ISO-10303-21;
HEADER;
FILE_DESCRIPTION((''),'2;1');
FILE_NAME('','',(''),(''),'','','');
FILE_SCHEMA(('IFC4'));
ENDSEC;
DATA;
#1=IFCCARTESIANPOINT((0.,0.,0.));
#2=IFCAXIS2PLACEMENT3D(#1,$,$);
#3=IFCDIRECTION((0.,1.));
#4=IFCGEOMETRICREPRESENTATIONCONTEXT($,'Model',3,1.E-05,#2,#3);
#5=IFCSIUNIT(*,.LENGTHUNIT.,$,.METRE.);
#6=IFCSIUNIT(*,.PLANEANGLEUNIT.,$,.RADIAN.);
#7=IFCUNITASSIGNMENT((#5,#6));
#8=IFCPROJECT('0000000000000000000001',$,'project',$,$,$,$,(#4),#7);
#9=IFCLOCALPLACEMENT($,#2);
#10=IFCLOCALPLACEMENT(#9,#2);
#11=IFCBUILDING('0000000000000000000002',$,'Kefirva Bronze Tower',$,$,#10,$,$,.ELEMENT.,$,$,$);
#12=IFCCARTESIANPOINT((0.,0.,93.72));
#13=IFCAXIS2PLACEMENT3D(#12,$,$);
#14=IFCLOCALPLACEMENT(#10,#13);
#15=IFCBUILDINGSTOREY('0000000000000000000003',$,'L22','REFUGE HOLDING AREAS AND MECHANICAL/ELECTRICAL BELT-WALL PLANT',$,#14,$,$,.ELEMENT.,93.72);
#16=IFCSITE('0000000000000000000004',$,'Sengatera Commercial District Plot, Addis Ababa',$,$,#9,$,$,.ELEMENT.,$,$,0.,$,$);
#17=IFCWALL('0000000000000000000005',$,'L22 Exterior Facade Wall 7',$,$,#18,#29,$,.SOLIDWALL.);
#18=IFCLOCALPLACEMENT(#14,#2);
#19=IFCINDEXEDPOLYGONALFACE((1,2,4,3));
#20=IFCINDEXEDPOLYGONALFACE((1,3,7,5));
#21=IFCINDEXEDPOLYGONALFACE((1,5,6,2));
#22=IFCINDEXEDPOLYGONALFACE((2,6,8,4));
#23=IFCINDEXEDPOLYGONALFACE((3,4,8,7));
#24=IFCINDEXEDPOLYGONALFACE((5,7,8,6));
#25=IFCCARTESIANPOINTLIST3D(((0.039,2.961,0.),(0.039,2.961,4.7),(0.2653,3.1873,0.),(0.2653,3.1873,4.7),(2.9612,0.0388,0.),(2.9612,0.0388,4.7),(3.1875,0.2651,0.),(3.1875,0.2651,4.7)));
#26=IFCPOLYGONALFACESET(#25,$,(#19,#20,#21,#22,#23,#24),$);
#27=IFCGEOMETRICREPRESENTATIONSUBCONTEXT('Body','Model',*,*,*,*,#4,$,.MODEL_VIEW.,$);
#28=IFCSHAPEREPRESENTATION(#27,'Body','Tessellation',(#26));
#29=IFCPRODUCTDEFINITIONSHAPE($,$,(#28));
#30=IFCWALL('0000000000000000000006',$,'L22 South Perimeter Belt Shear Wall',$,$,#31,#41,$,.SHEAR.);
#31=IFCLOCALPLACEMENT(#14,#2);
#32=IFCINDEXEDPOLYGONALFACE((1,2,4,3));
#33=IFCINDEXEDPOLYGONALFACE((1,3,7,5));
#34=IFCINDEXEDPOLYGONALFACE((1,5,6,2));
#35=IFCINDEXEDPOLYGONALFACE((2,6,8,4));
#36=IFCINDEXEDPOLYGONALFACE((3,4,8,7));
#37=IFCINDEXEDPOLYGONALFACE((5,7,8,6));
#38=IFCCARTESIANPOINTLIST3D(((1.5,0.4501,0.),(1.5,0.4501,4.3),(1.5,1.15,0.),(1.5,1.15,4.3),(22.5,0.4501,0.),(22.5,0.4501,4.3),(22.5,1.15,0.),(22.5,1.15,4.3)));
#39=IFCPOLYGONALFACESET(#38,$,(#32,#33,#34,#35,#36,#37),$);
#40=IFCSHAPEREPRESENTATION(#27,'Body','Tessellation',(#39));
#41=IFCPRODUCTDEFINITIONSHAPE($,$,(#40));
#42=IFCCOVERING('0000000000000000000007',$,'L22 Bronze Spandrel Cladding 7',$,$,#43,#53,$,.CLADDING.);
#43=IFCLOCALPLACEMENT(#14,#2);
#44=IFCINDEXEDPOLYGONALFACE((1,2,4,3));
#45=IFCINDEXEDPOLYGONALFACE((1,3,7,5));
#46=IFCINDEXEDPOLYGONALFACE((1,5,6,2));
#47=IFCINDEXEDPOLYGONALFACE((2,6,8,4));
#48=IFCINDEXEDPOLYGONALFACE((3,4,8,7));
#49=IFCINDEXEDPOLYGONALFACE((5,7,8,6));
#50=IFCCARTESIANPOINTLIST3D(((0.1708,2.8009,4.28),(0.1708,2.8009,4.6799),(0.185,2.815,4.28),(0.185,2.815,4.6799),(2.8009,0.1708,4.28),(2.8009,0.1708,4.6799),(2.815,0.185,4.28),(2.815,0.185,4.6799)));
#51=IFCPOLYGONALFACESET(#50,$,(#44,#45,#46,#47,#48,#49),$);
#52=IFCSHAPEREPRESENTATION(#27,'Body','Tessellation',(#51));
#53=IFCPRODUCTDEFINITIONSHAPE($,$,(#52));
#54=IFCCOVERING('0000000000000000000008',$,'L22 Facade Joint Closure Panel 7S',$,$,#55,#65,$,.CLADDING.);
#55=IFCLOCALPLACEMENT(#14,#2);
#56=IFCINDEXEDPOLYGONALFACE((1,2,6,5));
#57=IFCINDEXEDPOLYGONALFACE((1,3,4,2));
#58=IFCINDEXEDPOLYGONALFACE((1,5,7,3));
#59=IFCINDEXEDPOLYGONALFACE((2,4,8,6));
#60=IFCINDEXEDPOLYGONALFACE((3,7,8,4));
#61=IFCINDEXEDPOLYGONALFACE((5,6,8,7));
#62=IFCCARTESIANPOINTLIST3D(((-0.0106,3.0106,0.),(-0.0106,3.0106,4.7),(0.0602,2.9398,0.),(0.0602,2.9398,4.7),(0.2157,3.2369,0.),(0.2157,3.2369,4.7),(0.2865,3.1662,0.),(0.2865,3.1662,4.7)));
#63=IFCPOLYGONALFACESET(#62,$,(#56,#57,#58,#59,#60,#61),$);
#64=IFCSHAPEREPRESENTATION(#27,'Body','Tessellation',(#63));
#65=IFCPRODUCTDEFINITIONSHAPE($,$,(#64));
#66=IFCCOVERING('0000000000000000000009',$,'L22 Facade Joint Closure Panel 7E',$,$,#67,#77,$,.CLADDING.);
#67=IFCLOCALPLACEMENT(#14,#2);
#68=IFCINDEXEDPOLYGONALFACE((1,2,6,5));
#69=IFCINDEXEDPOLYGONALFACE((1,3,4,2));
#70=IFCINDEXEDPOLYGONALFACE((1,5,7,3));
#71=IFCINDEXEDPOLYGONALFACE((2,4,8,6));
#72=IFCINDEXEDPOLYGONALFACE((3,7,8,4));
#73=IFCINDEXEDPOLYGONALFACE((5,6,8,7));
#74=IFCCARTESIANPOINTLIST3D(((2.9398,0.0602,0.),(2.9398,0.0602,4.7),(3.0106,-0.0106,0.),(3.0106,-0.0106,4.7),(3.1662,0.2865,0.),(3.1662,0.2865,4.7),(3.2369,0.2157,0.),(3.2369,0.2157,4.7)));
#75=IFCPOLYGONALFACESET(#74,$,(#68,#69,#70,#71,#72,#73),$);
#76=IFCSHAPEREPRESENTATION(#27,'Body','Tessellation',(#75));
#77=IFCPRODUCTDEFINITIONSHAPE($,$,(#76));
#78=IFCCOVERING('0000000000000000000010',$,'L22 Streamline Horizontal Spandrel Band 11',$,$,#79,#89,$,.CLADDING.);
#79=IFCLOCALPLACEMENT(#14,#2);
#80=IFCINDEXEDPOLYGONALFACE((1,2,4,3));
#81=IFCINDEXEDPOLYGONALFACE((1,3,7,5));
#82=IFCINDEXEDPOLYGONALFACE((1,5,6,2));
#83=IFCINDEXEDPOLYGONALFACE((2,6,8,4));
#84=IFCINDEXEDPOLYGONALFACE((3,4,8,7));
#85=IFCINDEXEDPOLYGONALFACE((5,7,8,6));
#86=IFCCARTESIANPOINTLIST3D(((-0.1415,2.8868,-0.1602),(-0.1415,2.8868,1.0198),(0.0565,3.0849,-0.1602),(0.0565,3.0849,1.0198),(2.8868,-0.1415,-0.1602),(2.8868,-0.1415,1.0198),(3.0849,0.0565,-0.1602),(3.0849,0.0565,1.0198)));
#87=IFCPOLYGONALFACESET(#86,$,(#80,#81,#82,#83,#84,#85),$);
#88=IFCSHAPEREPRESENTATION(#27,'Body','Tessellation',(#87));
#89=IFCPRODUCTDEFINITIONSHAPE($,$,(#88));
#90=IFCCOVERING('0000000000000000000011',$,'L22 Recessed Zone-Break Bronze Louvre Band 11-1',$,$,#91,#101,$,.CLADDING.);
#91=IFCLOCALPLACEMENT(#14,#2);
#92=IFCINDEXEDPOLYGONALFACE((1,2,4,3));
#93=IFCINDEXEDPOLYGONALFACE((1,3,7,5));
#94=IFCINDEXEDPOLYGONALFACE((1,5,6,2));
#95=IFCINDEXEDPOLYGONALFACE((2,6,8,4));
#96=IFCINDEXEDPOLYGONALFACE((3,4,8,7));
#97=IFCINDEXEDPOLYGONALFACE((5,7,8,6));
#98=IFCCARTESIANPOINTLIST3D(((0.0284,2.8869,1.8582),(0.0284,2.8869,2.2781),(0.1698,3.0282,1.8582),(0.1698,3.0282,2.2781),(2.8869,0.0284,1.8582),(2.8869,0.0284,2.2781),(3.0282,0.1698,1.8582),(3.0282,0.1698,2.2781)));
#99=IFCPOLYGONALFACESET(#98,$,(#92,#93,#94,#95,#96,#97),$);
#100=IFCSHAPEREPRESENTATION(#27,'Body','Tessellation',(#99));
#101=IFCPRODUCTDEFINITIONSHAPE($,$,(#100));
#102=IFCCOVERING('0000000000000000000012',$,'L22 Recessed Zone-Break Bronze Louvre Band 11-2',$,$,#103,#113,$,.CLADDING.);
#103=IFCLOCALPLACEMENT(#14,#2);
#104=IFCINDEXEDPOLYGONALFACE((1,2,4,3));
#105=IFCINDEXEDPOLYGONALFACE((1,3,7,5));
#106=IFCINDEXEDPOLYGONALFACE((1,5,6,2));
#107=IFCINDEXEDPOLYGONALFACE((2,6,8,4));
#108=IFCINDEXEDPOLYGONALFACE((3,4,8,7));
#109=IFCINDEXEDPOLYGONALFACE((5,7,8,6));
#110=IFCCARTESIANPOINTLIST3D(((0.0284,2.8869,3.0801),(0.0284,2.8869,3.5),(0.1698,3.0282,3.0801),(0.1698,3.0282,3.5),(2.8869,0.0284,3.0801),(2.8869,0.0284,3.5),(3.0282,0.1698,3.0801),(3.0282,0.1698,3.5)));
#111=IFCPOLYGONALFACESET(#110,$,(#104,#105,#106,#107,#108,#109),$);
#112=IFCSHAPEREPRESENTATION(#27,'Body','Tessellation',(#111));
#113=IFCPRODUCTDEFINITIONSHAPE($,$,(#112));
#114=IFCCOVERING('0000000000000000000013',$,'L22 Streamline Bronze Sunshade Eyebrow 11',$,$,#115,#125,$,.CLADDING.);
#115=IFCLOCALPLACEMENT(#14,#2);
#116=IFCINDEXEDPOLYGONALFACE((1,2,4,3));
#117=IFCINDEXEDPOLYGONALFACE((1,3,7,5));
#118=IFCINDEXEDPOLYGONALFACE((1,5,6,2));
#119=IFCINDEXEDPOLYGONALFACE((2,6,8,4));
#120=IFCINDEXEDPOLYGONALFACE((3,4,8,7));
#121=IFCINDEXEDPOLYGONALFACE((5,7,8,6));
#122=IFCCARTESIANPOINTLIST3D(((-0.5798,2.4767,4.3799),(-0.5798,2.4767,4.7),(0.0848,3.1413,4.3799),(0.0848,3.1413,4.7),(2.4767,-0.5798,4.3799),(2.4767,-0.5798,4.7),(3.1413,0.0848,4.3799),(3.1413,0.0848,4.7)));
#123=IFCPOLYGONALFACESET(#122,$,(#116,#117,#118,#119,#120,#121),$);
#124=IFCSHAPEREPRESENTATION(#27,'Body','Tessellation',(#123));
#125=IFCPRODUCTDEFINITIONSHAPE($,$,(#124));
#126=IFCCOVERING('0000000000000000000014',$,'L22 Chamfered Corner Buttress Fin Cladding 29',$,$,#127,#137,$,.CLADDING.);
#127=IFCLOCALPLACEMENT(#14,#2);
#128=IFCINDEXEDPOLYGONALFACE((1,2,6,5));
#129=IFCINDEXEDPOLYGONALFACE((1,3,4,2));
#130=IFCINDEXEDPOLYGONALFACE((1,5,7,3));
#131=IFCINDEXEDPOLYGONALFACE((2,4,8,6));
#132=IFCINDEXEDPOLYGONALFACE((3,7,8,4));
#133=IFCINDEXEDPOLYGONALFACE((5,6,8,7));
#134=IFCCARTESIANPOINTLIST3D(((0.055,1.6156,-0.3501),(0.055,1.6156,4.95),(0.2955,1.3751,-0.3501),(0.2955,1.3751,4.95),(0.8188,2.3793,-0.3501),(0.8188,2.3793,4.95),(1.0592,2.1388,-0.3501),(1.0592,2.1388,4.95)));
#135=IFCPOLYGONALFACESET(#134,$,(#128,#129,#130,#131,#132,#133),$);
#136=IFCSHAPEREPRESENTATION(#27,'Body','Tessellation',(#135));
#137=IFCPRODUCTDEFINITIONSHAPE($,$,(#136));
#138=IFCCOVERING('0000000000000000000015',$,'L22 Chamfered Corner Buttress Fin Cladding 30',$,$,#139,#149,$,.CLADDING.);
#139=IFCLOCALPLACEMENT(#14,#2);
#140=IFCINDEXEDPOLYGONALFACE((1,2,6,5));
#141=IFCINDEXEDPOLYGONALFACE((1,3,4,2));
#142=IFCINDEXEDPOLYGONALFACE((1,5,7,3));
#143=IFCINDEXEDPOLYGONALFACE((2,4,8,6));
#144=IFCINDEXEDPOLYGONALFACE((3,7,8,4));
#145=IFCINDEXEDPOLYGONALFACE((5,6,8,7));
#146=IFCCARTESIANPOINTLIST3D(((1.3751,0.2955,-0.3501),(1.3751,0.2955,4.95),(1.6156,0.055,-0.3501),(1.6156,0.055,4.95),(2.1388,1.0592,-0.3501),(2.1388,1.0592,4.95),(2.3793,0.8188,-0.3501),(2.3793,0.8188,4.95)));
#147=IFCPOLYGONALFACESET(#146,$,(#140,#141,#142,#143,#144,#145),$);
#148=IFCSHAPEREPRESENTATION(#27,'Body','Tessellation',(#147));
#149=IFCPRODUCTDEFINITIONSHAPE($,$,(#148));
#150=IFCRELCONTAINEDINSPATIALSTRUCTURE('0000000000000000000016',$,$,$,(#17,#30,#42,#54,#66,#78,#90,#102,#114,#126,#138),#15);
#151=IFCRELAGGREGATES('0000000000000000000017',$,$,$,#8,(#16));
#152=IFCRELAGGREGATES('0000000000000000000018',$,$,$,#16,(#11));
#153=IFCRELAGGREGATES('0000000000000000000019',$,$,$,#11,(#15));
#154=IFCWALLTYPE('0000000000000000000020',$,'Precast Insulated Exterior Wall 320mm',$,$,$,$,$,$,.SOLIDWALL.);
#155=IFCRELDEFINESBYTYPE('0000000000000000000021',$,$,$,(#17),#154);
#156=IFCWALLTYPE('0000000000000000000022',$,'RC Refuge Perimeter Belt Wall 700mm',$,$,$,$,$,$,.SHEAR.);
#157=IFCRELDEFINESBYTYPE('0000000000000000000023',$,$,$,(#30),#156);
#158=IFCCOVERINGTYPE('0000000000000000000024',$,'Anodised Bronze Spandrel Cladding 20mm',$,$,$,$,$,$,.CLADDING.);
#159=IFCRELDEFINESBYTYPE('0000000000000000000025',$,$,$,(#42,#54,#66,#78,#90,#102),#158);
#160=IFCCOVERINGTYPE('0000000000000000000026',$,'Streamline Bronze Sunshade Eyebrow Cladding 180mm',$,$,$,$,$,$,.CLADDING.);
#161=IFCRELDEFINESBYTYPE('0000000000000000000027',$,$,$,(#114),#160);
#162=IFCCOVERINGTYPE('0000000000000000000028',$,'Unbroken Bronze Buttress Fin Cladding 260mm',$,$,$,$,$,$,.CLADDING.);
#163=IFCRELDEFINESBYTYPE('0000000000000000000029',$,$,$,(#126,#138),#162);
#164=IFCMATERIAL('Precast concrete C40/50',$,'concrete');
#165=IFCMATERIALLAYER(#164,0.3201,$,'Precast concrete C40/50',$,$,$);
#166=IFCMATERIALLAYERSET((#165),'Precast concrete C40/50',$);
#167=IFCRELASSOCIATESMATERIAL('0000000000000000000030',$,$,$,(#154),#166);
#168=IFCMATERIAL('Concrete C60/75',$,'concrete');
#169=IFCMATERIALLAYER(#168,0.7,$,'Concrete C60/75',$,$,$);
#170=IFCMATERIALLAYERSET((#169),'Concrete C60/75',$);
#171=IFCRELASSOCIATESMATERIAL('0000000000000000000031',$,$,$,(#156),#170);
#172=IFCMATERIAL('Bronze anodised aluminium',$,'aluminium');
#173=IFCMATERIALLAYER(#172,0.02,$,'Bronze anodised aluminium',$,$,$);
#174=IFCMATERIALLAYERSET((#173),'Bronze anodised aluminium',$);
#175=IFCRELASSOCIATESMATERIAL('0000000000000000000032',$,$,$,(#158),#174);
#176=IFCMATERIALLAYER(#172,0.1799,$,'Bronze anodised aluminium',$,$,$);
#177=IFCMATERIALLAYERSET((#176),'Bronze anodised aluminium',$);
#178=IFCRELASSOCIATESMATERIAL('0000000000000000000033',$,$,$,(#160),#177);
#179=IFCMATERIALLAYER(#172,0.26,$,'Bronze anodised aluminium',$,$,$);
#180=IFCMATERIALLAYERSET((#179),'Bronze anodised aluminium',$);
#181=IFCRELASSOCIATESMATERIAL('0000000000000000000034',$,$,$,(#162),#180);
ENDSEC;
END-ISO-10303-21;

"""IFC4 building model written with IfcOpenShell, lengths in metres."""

from ifc_helpers import new_model, si_unit, direction, frame, frame_2d, origin, origin_2d, place, context, subcontext, project, spatial, rectangle, extrude, material, layer, layer_set, type_object, element, save


model = new_model("IFC4")

# Units and contexts
model_context = context("Model", 3, precision=1e-05, world=origin(), true_north=direction((0.0, 1.0)))
body_context = subcontext(model_context, "Body", "Model", "MODEL_VIEW")
ifc_project = project(units=[si_unit("LENGTHUNIT", "METRE"), si_unit("PLANEANGLEUNIT", "RADIAN")], contexts=[model_context])

# Site, building, storey
site_placement = place(None, origin())
site = spatial("IfcSite", under=ifc_project, at=site_placement, Name="Sengatera Commercial District Plot, Addis Ababa", CompositionType="ELEMENT", RefElevation=0.0)
building_placement = place(site_placement, origin())
building = spatial("IfcBuilding", under=site, at=building_placement, Name="Kefirva Bronze Tower", CompositionType="ELEMENT")
storey_placement = place(building_placement, frame((0.0, 0.0, 93.72)))
storey = spatial("IfcBuildingStorey", under=building, at=storey_placement, Name="L22", Description="REFUGE HOLDING AREAS AND MECHANICAL/ELECTRICAL BELT-WALL PLANT", CompositionType="ELEMENT", Elevation=93.72)

# Shared definitions
ifc_material_1 = material(Name="Concrete C60/75", Category="concrete")

# Shared definitions
ifc_material_2 = material(Name="Bronze anodised aluminium", Category="aluminium")

# Walls
ifc_material_3 = material(Name="Precast concrete C40/50", Category="concrete")
ifc_layer_1 = layer(ifc_material_3, 0.3201, Name="Precast concrete C40/50")
ifc_layer_set_1 = layer_set([ifc_layer_1], Name="Precast concrete C40/50")
wall_type_1 = type_object("IfcWallType", Name="Precast Insulated Exterior Wall 320mm", PredefinedType="SOLIDWALL", material=ifc_layer_set_1)
wall_1_placement = place(storey_placement, frame((0.1521, 3.0742, 0.0), z_axis=(0.0, 0.0, 1.0), x_axis=(0.707107, -0.707107, 0.0)))
element("IfcWall", 1, at=wall_1_placement, inside=storey, type_object=wall_type_1, Name="L22 Exterior Facade Wall 7", PredefinedType="SOLIDWALL", context=body_context, shape_type="SweptSolid", body=[
    extrude(rectangle(XDim=4.1326, YDim=0.3201, at=frame_2d((2.0664, 0.0))), origin(), (0.0, 0.0, 1.0), 4.7),
])
ifc_layer_2 = layer(ifc_material_1, 0.7, Name="Concrete C60/75")
ifc_layer_set_2 = layer_set([ifc_layer_2], Name="Concrete C60/75")
wall_type_2 = type_object("IfcWallType", Name="RC Refuge Perimeter Belt Wall 700mm", PredefinedType="SHEAR", material=ifc_layer_set_2)
wall_2_placement = place(storey_placement, frame((1.5, 0.8, 0.0), z_axis=(0.0, 0.0, 1.0), x_axis=(1.0, 0.0, 0.0)))
element("IfcWall", 2, at=wall_2_placement, inside=storey, type_object=wall_type_2, Name="L22 South Perimeter Belt Shear Wall", PredefinedType="SHEAR", context=body_context, shape_type="SweptSolid", body=[
    extrude(rectangle(XDim=21.0, YDim=0.7, at=frame_2d((10.5, 0.0))), origin(), (0.0, 0.0, 1.0), 4.3),
])

# Coverings
ifc_layer_3 = layer(ifc_material_2, 0.02, Name="Bronze anodised aluminium")
ifc_layer_set_3 = layer_set([ifc_layer_3], Name="Bronze anodised aluminium")
covering_type_1 = type_object("IfcCoveringType", Name="Anodised Bronze Spandrel Cladding 20mm", PredefinedType="CLADDING", material=ifc_layer_set_3)
covering_1_placement = place(storey_placement, frame((1.4929, 1.4929, 4.28), z_axis=(0.0, 0.0, 1.0), x_axis=(0.707107, -0.707107, 0.0)))
element("IfcCovering", 3, at=covering_1_placement, inside=storey, type_object=covering_type_1, Name="L22 Bronze Spandrel Cladding 7", PredefinedType="CLADDING", context=body_context, shape_type="SweptSolid", body=[
    extrude(rectangle(XDim=3.7195, YDim=0.02, at=origin_2d()), origin(), (0.0, 0.0, 1.0), 0.3999),
])
for number, where, z_axis, x_axis, name in (
    (4, (0.1379, 3.0884, 0.0), (0.0, 0.0, 1.0), (0.707107, -0.707107, 0.0), "L22 Facade Joint Closure Panel 7S"),
    (5, (3.0884, 0.1379, 0.0), (0.0, 0.0, 1.0), (0.707107, -0.707107, 0.0), "L22 Facade Joint Closure Panel 7E"),
):
    element("IfcCovering", number, at=place(storey_placement, frame(where, z_axis=z_axis, x_axis=x_axis)), inside=storey, type_object=covering_type_1, Name=name, PredefinedType="CLADDING", context=body_context, shape_type="SweptSolid", body=[
        extrude(rectangle(XDim=0.1001, YDim=0.3201, at=origin_2d()), origin(), (0.0, 0.0, 1.0), 4.7),
    ])
covering_2_placement = place(storey_placement, frame((1.4717, 1.4717, -0.1602), z_axis=(0.0, 0.0, 1.0), x_axis=(0.707107, -0.707107, 0.0)))
element("IfcCovering", 6, at=covering_2_placement, inside=storey, type_object=covering_type_1, Name="L22 Streamline Horizontal Spandrel Band 11", PredefinedType="CLADDING", context=body_context, shape_type="SweptSolid", body=[
    extrude(rectangle(XDim=4.2827, YDim=0.28, at=origin_2d()), origin(), (0.0, 0.0, 1.0), 1.1799),
])
for number, where, z_axis, x_axis, name in (
    (7, (1.5283, 1.5283, 1.8582), (0.0, 0.0, 1.0), (0.707107, -0.707107, 0.0), "L22 Recessed Zone-Break Bronze Louvre Band 11-1"),
    (8, (1.5283, 1.5283, 3.0801), (0.0, 0.0, 1.0), (0.707107, -0.707107, 0.0), "L22 Recessed Zone-Break Bronze Louvre Band 11-2"),
):
    element("IfcCovering", number, at=place(storey_placement, frame(where, z_axis=z_axis, x_axis=x_axis)), inside=storey, type_object=covering_type_1, Name=name, PredefinedType="CLADDING", context=body_context, shape_type="SweptSolid", body=[
        extrude(rectangle(XDim=4.0425, YDim=0.2, at=origin_2d()), origin(), (0.0, 0.0, 1.0), 0.4199),
    ])
ifc_layer_4 = layer(ifc_material_2, 0.1799, Name="Bronze anodised aluminium")
ifc_layer_set_4 = layer_set([ifc_layer_4], Name="Bronze anodised aluminium")
covering_type_2 = type_object("IfcCoveringType", Name="Streamline Bronze Sunshade Eyebrow Cladding 180mm", PredefinedType="CLADDING", material=ifc_layer_set_4)
covering_3_placement = place(storey_placement, frame((1.2808, 1.2808, 4.3799), z_axis=(0.0, 0.0, 1.0), x_axis=(0.707107, -0.707107, 0.0)))
element("IfcCovering", 9, at=covering_3_placement, inside=storey, type_object=covering_type_2, Name="L22 Streamline Bronze Sunshade Eyebrow 11", PredefinedType="CLADDING", context=body_context, shape_type="SweptSolid", body=[
    extrude(rectangle(XDim=4.3225, YDim=0.9399, at=origin_2d()), origin(), (0.0, 0.0, 1.0), 0.3201),
])
ifc_layer_5 = layer(ifc_material_2, 0.26, Name="Bronze anodised aluminium")
ifc_layer_set_5 = layer_set([ifc_layer_5], Name="Bronze anodised aluminium")
covering_type_3 = type_object("IfcCoveringType", Name="Unbroken Bronze Buttress Fin Cladding 260mm", PredefinedType="CLADDING", material=ifc_layer_set_5)
for number, where, z_axis, x_axis, name in (
    (10, (0.5571, 1.8772, -0.3501), (0.0, 0.0, 1.0), (0.707107, -0.707107, 0.0), "L22 Chamfered Corner Buttress Fin Cladding 29"),
    (11, (1.8772, 0.5571, -0.3501), (0.0, 0.0, 1.0), (0.707107, -0.707107, 0.0), "L22 Chamfered Corner Buttress Fin Cladding 30"),
):
    element("IfcCovering", number, at=place(storey_placement, frame(where, z_axis=z_axis, x_axis=x_axis)), inside=storey, type_object=covering_type_3, Name=name, PredefinedType="CLADDING", context=body_context, shape_type="SweptSolid", body=[
        extrude(rectangle(XDim=0.3401, YDim=1.0801, at=origin_2d()), origin(), (0.0, 0.0, 1.0), 5.3),
    ])

save(model, "model.ifc")
